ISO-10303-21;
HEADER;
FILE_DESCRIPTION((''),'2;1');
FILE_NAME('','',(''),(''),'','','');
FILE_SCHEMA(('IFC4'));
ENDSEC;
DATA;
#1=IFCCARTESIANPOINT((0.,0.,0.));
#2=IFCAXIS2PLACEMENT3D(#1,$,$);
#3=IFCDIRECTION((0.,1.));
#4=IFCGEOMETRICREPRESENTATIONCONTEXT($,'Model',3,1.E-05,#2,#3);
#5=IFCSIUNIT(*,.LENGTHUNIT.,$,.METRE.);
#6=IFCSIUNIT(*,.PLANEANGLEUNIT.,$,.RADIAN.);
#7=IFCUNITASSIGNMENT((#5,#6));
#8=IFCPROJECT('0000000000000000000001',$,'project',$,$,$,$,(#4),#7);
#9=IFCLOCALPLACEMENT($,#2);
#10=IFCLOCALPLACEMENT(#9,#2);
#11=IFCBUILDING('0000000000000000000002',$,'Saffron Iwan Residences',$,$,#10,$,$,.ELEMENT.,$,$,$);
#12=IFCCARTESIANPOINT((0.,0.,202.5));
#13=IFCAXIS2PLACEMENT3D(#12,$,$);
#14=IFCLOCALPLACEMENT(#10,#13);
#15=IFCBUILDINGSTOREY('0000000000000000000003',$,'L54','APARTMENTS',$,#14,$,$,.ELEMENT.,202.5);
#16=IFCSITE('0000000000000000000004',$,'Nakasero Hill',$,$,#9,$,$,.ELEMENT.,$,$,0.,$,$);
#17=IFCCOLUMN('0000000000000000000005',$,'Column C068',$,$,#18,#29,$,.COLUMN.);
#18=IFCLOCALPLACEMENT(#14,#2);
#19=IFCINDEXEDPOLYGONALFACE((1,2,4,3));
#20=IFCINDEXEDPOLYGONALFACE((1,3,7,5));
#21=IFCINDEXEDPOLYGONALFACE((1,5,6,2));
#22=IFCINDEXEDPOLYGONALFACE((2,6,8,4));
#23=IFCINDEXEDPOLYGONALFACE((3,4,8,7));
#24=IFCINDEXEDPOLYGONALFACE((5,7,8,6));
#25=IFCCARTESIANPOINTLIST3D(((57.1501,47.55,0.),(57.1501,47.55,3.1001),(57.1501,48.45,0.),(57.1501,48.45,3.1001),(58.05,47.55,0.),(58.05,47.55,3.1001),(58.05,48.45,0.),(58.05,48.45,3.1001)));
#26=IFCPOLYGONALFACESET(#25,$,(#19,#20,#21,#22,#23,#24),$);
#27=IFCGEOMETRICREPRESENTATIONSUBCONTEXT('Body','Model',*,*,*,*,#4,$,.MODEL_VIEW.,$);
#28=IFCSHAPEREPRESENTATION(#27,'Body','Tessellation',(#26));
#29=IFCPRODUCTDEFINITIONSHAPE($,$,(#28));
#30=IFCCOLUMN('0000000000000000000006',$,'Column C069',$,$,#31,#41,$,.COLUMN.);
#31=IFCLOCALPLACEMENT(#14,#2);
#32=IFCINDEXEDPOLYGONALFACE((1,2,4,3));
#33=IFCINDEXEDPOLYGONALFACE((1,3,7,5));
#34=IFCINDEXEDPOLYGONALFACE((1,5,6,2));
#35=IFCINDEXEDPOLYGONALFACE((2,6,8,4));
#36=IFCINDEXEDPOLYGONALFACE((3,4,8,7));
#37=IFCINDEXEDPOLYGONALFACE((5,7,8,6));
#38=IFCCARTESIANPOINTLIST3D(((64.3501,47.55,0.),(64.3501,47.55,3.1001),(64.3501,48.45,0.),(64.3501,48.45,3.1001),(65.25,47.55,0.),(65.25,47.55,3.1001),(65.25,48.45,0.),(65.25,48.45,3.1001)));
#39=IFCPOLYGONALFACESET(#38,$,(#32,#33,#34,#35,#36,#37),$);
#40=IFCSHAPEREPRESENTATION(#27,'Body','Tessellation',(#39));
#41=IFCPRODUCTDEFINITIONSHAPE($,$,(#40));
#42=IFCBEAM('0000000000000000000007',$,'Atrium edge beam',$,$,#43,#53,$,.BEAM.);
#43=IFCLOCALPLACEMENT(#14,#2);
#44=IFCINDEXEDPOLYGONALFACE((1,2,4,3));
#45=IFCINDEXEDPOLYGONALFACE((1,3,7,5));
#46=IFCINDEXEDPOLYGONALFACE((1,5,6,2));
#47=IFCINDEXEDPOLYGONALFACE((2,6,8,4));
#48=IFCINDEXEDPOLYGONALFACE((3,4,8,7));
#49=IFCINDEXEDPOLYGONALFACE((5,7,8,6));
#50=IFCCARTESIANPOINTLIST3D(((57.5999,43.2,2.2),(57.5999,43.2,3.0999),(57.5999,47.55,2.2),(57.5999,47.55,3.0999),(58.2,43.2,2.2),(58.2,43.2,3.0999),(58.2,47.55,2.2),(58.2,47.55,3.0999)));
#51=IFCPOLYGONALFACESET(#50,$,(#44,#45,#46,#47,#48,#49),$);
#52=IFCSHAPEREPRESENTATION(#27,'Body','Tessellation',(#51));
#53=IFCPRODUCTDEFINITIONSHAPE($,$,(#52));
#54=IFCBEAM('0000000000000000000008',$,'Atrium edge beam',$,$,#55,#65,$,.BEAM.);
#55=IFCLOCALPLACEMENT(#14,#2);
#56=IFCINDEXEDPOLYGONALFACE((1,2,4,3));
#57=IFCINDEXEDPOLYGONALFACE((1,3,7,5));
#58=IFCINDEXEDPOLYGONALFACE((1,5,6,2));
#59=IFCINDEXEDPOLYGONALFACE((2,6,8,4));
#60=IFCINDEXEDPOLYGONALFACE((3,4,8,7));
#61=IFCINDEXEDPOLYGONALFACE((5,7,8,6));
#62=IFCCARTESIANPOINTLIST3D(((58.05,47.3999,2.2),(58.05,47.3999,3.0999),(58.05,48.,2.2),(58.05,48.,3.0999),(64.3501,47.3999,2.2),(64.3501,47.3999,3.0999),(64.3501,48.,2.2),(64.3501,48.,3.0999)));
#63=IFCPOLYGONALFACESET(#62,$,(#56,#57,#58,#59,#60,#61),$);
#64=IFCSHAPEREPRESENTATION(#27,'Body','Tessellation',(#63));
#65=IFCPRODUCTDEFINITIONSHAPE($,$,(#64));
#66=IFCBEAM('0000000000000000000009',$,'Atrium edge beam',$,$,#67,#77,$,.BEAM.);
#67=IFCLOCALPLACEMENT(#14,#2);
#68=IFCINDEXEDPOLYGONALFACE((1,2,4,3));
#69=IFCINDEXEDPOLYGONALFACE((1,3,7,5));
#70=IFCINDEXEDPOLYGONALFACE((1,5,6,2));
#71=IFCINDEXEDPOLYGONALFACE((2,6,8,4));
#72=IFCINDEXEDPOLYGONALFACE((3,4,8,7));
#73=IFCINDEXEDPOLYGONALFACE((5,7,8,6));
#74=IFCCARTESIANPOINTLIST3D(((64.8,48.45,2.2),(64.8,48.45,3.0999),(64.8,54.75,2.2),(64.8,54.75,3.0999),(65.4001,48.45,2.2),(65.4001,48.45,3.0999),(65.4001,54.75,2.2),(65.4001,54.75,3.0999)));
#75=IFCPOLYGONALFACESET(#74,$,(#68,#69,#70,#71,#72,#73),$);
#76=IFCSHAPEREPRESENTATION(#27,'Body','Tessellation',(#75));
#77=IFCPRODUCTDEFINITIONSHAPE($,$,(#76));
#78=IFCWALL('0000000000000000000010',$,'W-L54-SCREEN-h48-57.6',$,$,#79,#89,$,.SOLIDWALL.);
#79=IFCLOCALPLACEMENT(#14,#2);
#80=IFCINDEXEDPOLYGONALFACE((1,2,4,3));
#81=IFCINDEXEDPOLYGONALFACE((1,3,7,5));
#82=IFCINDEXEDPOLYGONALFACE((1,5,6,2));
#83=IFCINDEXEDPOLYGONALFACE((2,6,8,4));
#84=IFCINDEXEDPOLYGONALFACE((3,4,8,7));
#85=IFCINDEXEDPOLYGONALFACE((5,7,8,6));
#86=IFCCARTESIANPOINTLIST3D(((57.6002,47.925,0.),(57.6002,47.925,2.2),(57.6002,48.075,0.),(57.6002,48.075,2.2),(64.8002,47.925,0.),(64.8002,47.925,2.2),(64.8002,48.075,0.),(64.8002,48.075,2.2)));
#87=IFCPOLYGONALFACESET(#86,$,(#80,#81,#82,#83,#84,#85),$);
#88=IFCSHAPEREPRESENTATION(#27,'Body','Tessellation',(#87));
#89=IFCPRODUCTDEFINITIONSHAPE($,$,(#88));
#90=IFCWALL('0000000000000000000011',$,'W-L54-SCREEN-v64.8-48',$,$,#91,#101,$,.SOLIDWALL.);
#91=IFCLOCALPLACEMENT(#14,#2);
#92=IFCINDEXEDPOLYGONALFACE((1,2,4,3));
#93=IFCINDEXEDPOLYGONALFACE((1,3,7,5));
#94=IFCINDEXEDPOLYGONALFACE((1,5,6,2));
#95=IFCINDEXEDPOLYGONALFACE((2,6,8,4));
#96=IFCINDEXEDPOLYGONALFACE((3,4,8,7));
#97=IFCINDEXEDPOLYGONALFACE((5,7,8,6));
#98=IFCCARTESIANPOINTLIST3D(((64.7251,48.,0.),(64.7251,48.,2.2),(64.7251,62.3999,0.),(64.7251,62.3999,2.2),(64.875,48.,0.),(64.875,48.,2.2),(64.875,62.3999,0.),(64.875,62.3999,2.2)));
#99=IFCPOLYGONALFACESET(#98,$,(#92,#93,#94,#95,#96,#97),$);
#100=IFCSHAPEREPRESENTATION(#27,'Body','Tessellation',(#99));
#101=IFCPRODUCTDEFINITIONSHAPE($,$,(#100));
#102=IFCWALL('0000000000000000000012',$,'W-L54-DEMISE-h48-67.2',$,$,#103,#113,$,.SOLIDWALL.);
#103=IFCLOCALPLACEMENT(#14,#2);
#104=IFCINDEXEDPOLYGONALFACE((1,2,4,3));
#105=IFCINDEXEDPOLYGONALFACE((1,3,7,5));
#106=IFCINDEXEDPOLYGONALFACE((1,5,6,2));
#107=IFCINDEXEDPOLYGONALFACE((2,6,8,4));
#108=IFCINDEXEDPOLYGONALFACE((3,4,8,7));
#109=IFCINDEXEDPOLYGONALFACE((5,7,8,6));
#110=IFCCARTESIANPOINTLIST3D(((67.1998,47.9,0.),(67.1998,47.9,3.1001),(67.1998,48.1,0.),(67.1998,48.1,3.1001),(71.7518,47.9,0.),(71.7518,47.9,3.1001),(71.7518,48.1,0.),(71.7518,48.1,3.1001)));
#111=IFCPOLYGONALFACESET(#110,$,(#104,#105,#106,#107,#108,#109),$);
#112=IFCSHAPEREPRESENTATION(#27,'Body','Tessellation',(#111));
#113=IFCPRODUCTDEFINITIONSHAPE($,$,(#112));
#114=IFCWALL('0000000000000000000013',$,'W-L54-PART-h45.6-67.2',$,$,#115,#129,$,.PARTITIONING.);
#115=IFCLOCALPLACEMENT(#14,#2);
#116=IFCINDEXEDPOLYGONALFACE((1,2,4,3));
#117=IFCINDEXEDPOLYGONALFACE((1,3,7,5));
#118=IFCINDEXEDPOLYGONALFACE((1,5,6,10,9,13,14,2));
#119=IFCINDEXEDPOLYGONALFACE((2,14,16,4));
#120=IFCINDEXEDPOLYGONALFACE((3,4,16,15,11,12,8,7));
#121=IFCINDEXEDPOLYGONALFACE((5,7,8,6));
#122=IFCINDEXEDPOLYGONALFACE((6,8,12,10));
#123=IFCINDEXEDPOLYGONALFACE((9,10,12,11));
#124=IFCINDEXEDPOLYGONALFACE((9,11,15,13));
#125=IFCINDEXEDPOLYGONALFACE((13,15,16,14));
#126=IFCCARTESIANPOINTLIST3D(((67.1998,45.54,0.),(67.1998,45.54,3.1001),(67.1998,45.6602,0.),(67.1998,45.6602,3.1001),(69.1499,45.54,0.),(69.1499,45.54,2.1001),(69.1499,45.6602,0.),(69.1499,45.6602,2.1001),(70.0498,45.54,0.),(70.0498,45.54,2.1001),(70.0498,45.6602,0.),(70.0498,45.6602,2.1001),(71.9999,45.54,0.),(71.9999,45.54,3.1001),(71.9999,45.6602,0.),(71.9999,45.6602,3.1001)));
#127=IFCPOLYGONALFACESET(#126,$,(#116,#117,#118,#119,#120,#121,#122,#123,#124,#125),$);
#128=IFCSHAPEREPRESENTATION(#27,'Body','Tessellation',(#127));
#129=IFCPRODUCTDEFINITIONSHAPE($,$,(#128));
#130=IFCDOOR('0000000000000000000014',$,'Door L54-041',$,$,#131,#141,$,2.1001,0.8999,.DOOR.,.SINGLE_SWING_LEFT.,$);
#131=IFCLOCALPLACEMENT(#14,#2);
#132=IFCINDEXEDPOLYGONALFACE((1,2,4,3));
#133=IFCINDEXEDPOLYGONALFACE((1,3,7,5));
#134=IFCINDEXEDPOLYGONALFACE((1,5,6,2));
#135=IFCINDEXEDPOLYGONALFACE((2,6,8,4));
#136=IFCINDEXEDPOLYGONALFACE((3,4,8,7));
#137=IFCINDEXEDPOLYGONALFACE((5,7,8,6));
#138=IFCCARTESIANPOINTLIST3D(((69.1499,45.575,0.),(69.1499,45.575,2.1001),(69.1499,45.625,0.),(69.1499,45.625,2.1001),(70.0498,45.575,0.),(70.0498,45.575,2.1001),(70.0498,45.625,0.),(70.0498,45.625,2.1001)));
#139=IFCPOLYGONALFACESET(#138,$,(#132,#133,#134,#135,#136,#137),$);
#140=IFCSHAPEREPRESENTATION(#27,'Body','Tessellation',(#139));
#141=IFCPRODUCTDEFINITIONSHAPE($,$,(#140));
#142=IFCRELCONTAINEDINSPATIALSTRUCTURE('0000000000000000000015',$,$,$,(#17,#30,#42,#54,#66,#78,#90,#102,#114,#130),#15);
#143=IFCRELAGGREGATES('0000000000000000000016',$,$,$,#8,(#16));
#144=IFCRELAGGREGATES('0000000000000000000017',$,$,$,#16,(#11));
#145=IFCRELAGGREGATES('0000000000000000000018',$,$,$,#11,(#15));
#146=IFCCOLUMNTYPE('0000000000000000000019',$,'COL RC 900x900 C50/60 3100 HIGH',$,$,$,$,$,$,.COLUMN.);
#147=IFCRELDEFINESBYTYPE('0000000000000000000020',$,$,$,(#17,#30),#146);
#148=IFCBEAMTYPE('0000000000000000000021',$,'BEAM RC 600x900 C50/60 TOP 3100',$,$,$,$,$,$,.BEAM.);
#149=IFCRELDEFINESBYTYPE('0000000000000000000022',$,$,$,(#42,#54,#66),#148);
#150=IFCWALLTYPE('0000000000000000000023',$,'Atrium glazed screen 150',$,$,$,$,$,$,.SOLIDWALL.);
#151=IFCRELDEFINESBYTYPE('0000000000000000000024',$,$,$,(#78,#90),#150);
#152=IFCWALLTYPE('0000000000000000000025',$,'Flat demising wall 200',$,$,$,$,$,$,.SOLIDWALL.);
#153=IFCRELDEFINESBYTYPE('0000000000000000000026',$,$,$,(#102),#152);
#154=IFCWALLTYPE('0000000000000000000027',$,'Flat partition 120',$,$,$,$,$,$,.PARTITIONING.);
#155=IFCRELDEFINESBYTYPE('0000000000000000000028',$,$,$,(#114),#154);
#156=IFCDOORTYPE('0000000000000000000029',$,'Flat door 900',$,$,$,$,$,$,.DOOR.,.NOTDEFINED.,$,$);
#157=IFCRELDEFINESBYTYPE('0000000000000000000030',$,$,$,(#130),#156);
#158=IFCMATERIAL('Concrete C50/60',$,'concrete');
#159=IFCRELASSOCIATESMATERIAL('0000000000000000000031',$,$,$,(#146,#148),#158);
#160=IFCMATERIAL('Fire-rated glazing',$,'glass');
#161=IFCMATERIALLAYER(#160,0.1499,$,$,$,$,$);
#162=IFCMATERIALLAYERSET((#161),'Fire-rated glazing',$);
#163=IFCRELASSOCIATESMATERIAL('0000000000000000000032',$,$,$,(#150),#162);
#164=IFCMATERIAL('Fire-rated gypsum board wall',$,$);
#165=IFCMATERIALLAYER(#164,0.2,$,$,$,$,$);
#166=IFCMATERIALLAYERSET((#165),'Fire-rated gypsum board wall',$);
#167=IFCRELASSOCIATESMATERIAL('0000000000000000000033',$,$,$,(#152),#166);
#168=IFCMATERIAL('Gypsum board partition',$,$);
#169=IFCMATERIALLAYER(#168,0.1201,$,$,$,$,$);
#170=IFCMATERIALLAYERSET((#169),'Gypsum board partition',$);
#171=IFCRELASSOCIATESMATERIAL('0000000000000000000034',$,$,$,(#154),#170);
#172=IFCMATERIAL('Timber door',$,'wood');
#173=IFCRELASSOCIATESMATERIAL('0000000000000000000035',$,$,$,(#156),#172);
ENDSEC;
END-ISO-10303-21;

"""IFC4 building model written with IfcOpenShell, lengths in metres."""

from ifc_helpers import new_model, si_unit, direction, frame, frame_2d, origin, origin_2d, place, context, subcontext, project, spatial, rectangle, extrude, source, transform, mapped, material, layer, layer_set, material_profile, profile_set, type_object, element, fill, save


model = new_model("IFC4")

# Units and contexts
model_context = context("Model", 3, precision=1e-05, world=origin(), true_north=direction((0.0, 1.0)))
body_context = subcontext(model_context, "Body", "Model", "MODEL_VIEW")
ifc_project = project(units=[si_unit("LENGTHUNIT", "METRE"), si_unit("PLANEANGLEUNIT", "RADIAN")], contexts=[model_context])

# Site, building, storey
site_placement = place(None, origin())
site = spatial("IfcSite", under=ifc_project, at=site_placement, Name="Nakasero Hill", CompositionType="ELEMENT", RefElevation=0.0)
building_placement = place(site_placement, origin())
building = spatial("IfcBuilding", under=site, at=building_placement, Name="Saffron Iwan Residences", CompositionType="ELEMENT")
storey_placement = place(building_placement, frame((0.0, 0.0, 202.5)))
storey = spatial("IfcBuildingStorey", under=building, at=storey_placement, Name="L54", Description="APARTMENTS", CompositionType="ELEMENT", Elevation=202.5)

# Columns
ifc_material_1 = material(Name="Concrete C50/60", Category="concrete")
ifc_material_profile_1 = material_profile(ifc_material_1, rectangle(XDim=0.8999, YDim=0.8999, at=origin_2d()), Name="RC 900x900")
ifc_profile_set_1 = profile_set([ifc_material_profile_1], Name="Concrete C50/60")
column_type = type_object("IfcColumnType", Name="COL RC 900x900 C50/60 3100 HIGH", PredefinedType="COLUMN", material=ifc_profile_set_1)
shared_shape_1 = source(origin(), body_context, "Body", "SweptSolid", [
    extrude(rectangle(XDim=0.8999, YDim=0.8999, at=origin_2d()), origin(), (0.0, 0.0, 1.0), 3.1001),
])
for number, where, z_axis, x_axis, name in (
    (1, (57.6001, 48.0, 0.0), (0.0, 0.0, 1.0), (1.0, 0.0, 0.0), "Column C068"),
    (2, (64.8, 48.0, 0.0), (0.0, 0.0, 1.0), (1.0, 0.0, 0.0), "Column C069"),
):
    element("IfcColumn", number, at=place(storey_placement, frame(where, z_axis=z_axis, x_axis=x_axis)), inside=storey, type_object=column_type, Name=name, PredefinedType="COLUMN", context=body_context, shape_type="MappedRepresentation", body=[
        mapped(shared_shape_1, transform((0.0, 0.0, 0.0))),
    ])

# Beams
ifc_material_profile_2 = material_profile(ifc_material_1, rectangle(XDim=0.6001, YDim=0.8999, at=origin_2d()), Name="RC 600x900")
ifc_profile_set_2 = profile_set([ifc_material_profile_2], Name="Concrete C50/60")
beam_type = type_object("IfcBeamType", Name="BEAM RC 600x900 C50/60 TOP 3100", PredefinedType="BEAM", material=ifc_profile_set_2)
shared_shape_2 = source(origin(), body_context, "Body", "SweptSolid", [
    extrude(rectangle(XDim=0.6001, YDim=0.8999, at=origin_2d()), origin(), (0.0, 0.0, 1.0), 4.3501),
])
beam_placement = place(storey_placement, frame((57.8999, 47.55, 2.6499), z_axis=(0.0, -1.0, 0.0), x_axis=(1.0, 0.0, 0.0)))
element("IfcBeam", 3, at=beam_placement, inside=storey, type_object=beam_type, Name="Atrium edge beam", PredefinedType="BEAM", context=body_context, shape_type="MappedRepresentation", body=[
    mapped(shared_shape_2, transform((0.0, 0.0, 0.0))),
])
shared_shape_3 = source(origin(), body_context, "Body", "SweptSolid", [
    extrude(rectangle(XDim=0.6001, YDim=0.8999, at=origin_2d()), origin(), (0.0, 0.0, 1.0), 6.3),
])
for number, where, z_axis, x_axis, name in (
    (4, (64.3501, 47.7, 2.6499), (-1.0, 0.0, 0.0), (0.0, -1.0, 0.0), "Atrium edge beam"),
    (5, (65.1001, 54.75, 2.6499), (0.0, -1.0, 0.0), (1.0, 0.0, 0.0), "Atrium edge beam"),
):
    element("IfcBeam", number, at=place(storey_placement, frame(where, z_axis=z_axis, x_axis=x_axis)), inside=storey, type_object=beam_type, Name=name, PredefinedType="BEAM", context=body_context, shape_type="MappedRepresentation", body=[
        mapped(shared_shape_3, transform((0.0, 0.0, 0.0))),
    ])

# Walls
ifc_material_2 = material(Name="Fire-rated glazing", Category="glass")
ifc_layer_1 = layer(ifc_material_2, 0.1499)
ifc_layer_set_1 = layer_set([ifc_layer_1], Name="Fire-rated glazing")
wall_type_1 = type_object("IfcWallType", Name="Atrium glazed screen 150", PredefinedType="SOLIDWALL", material=ifc_layer_set_1)
wall_1_placement = place(storey_placement, frame((57.6001, 48.0, 0.0), z_axis=(0.0, 0.0, 1.0), x_axis=(1.0, 0.0, 0.0)))
element("IfcWall", 6, at=wall_1_placement, inside=storey, type_object=wall_type_1, Name="W-L54-SCREEN-h48-57.6", PredefinedType="SOLIDWALL", context=body_context, shape_type="SweptSolid", body=[
    extrude(rectangle(XDim=7.2, YDim=0.1499, at=frame_2d((3.6001, 0.0))), origin(), (0.0, 0.0, 1.0), 2.2),
])
wall_2_placement = place(storey_placement, frame((64.8, 48.0, 0.0), z_axis=(0.0, 0.0, 1.0), x_axis=(0.0, 1.0, 0.0)))
element("IfcWall", 7, at=wall_2_placement, inside=storey, type_object=wall_type_1, Name="W-L54-SCREEN-v64.8-48", PredefinedType="SOLIDWALL", context=body_context, shape_type="SweptSolid", body=[
    extrude(rectangle(XDim=14.3999, YDim=0.1499, at=frame_2d((7.2, 0.0))), origin(), (0.0, 0.0, 1.0), 2.2),
])
ifc_material_3 = material(Name="Fire-rated gypsum board wall")
ifc_layer_2 = layer(ifc_material_3, 0.2)
ifc_layer_set_2 = layer_set([ifc_layer_2], Name="Fire-rated gypsum board wall")
wall_type_2 = type_object("IfcWallType", Name="Flat demising wall 200", PredefinedType="SOLIDWALL", material=ifc_layer_set_2)
wall_3_placement = place(storey_placement, frame((67.2, 48.0, 0.0), z_axis=(0.0, 0.0, 1.0), x_axis=(1.0, 0.0, 0.0)))
element("IfcWall", 8, at=wall_3_placement, inside=storey, type_object=wall_type_2, Name="W-L54-DEMISE-h48-67.2", PredefinedType="SOLIDWALL", context=body_context, shape_type="SweptSolid", body=[
    extrude(rectangle(XDim=4.552, YDim=0.2, at=frame_2d((2.2759, 0.0))), origin(), (0.0, 0.0, 1.0), 3.1001),
])

# Wall, opening, door
ifc_material_4 = material(Name="Gypsum board partition")
ifc_layer_3 = layer(ifc_material_4, 0.1201)
ifc_layer_set_3 = layer_set([ifc_layer_3], Name="Gypsum board partition")
wall_type_3 = type_object("IfcWallType", Name="Flat partition 120", PredefinedType="PARTITIONING", material=ifc_layer_set_3)
wall_4_placement = place(storey_placement, frame((67.2, 45.6001, 0.0), z_axis=(0.0, 0.0, 1.0), x_axis=(1.0, 0.0, 0.0)))
wall_4 = element("IfcWall", 9, at=wall_4_placement, inside=storey, type_object=wall_type_3, Name="W-L54-PART-h45.6-67.2", PredefinedType="PARTITIONING", context=body_context, shape_type="SweptSolid", body=[
    extrude(rectangle(XDim=4.8, YDim=0.1201, at=frame_2d((2.3999, 0.0))), origin(), (0.0, 0.0, 1.0), 3.1001),
])
opening_1_placement = place(wall_4_placement, frame((1.95, 0.0, 0.0)))
opening_1 = element("IfcOpeningElement", 10, at=opening_1_placement, cuts=wall_4, PredefinedType="OPENING", context=body_context, shape_type="SweptSolid", body=[
    extrude(rectangle(XDim=0.8999, YDim=2.1001, at=frame_2d((0.45, 1.05))), frame((0.0, 0.0701, 0.0), z_axis=(0.0, -1.0, 0.0), x_axis=(1.0, 0.0, 0.0)), (0.0, 0.0, 1.0), 0.1401),
])
ifc_material_5 = material(Name="Timber door", Category="wood")
door_type_1 = type_object("IfcDoorType", Name="Flat door 900", OperationType="NOTDEFINED", PredefinedType="DOOR", material=ifc_material_5)
door_1_placement = place(opening_1_placement, origin())
door_1 = element("IfcDoor", 11, at=door_1_placement, inside=storey, type_object=door_type_1, Name="Door L54-041", OperationType="SINGLE_SWING_LEFT", OverallHeight=2.1001, OverallWidth=0.8999, PredefinedType="DOOR", context=body_context, shape_type="SweptSolid", body=[
    extrude(rectangle(XDim=0.8999, YDim=2.1001, at=frame_2d((0.45, 1.05))), frame((0.0, 0.0249, 0.0), z_axis=(0.0, -1.0, 0.0), x_axis=(1.0, 0.0, 0.0)), (0.0, 0.0, 1.0), 0.05),
])
fill(opening_1, door_1)

save(model, "model.ifc")
